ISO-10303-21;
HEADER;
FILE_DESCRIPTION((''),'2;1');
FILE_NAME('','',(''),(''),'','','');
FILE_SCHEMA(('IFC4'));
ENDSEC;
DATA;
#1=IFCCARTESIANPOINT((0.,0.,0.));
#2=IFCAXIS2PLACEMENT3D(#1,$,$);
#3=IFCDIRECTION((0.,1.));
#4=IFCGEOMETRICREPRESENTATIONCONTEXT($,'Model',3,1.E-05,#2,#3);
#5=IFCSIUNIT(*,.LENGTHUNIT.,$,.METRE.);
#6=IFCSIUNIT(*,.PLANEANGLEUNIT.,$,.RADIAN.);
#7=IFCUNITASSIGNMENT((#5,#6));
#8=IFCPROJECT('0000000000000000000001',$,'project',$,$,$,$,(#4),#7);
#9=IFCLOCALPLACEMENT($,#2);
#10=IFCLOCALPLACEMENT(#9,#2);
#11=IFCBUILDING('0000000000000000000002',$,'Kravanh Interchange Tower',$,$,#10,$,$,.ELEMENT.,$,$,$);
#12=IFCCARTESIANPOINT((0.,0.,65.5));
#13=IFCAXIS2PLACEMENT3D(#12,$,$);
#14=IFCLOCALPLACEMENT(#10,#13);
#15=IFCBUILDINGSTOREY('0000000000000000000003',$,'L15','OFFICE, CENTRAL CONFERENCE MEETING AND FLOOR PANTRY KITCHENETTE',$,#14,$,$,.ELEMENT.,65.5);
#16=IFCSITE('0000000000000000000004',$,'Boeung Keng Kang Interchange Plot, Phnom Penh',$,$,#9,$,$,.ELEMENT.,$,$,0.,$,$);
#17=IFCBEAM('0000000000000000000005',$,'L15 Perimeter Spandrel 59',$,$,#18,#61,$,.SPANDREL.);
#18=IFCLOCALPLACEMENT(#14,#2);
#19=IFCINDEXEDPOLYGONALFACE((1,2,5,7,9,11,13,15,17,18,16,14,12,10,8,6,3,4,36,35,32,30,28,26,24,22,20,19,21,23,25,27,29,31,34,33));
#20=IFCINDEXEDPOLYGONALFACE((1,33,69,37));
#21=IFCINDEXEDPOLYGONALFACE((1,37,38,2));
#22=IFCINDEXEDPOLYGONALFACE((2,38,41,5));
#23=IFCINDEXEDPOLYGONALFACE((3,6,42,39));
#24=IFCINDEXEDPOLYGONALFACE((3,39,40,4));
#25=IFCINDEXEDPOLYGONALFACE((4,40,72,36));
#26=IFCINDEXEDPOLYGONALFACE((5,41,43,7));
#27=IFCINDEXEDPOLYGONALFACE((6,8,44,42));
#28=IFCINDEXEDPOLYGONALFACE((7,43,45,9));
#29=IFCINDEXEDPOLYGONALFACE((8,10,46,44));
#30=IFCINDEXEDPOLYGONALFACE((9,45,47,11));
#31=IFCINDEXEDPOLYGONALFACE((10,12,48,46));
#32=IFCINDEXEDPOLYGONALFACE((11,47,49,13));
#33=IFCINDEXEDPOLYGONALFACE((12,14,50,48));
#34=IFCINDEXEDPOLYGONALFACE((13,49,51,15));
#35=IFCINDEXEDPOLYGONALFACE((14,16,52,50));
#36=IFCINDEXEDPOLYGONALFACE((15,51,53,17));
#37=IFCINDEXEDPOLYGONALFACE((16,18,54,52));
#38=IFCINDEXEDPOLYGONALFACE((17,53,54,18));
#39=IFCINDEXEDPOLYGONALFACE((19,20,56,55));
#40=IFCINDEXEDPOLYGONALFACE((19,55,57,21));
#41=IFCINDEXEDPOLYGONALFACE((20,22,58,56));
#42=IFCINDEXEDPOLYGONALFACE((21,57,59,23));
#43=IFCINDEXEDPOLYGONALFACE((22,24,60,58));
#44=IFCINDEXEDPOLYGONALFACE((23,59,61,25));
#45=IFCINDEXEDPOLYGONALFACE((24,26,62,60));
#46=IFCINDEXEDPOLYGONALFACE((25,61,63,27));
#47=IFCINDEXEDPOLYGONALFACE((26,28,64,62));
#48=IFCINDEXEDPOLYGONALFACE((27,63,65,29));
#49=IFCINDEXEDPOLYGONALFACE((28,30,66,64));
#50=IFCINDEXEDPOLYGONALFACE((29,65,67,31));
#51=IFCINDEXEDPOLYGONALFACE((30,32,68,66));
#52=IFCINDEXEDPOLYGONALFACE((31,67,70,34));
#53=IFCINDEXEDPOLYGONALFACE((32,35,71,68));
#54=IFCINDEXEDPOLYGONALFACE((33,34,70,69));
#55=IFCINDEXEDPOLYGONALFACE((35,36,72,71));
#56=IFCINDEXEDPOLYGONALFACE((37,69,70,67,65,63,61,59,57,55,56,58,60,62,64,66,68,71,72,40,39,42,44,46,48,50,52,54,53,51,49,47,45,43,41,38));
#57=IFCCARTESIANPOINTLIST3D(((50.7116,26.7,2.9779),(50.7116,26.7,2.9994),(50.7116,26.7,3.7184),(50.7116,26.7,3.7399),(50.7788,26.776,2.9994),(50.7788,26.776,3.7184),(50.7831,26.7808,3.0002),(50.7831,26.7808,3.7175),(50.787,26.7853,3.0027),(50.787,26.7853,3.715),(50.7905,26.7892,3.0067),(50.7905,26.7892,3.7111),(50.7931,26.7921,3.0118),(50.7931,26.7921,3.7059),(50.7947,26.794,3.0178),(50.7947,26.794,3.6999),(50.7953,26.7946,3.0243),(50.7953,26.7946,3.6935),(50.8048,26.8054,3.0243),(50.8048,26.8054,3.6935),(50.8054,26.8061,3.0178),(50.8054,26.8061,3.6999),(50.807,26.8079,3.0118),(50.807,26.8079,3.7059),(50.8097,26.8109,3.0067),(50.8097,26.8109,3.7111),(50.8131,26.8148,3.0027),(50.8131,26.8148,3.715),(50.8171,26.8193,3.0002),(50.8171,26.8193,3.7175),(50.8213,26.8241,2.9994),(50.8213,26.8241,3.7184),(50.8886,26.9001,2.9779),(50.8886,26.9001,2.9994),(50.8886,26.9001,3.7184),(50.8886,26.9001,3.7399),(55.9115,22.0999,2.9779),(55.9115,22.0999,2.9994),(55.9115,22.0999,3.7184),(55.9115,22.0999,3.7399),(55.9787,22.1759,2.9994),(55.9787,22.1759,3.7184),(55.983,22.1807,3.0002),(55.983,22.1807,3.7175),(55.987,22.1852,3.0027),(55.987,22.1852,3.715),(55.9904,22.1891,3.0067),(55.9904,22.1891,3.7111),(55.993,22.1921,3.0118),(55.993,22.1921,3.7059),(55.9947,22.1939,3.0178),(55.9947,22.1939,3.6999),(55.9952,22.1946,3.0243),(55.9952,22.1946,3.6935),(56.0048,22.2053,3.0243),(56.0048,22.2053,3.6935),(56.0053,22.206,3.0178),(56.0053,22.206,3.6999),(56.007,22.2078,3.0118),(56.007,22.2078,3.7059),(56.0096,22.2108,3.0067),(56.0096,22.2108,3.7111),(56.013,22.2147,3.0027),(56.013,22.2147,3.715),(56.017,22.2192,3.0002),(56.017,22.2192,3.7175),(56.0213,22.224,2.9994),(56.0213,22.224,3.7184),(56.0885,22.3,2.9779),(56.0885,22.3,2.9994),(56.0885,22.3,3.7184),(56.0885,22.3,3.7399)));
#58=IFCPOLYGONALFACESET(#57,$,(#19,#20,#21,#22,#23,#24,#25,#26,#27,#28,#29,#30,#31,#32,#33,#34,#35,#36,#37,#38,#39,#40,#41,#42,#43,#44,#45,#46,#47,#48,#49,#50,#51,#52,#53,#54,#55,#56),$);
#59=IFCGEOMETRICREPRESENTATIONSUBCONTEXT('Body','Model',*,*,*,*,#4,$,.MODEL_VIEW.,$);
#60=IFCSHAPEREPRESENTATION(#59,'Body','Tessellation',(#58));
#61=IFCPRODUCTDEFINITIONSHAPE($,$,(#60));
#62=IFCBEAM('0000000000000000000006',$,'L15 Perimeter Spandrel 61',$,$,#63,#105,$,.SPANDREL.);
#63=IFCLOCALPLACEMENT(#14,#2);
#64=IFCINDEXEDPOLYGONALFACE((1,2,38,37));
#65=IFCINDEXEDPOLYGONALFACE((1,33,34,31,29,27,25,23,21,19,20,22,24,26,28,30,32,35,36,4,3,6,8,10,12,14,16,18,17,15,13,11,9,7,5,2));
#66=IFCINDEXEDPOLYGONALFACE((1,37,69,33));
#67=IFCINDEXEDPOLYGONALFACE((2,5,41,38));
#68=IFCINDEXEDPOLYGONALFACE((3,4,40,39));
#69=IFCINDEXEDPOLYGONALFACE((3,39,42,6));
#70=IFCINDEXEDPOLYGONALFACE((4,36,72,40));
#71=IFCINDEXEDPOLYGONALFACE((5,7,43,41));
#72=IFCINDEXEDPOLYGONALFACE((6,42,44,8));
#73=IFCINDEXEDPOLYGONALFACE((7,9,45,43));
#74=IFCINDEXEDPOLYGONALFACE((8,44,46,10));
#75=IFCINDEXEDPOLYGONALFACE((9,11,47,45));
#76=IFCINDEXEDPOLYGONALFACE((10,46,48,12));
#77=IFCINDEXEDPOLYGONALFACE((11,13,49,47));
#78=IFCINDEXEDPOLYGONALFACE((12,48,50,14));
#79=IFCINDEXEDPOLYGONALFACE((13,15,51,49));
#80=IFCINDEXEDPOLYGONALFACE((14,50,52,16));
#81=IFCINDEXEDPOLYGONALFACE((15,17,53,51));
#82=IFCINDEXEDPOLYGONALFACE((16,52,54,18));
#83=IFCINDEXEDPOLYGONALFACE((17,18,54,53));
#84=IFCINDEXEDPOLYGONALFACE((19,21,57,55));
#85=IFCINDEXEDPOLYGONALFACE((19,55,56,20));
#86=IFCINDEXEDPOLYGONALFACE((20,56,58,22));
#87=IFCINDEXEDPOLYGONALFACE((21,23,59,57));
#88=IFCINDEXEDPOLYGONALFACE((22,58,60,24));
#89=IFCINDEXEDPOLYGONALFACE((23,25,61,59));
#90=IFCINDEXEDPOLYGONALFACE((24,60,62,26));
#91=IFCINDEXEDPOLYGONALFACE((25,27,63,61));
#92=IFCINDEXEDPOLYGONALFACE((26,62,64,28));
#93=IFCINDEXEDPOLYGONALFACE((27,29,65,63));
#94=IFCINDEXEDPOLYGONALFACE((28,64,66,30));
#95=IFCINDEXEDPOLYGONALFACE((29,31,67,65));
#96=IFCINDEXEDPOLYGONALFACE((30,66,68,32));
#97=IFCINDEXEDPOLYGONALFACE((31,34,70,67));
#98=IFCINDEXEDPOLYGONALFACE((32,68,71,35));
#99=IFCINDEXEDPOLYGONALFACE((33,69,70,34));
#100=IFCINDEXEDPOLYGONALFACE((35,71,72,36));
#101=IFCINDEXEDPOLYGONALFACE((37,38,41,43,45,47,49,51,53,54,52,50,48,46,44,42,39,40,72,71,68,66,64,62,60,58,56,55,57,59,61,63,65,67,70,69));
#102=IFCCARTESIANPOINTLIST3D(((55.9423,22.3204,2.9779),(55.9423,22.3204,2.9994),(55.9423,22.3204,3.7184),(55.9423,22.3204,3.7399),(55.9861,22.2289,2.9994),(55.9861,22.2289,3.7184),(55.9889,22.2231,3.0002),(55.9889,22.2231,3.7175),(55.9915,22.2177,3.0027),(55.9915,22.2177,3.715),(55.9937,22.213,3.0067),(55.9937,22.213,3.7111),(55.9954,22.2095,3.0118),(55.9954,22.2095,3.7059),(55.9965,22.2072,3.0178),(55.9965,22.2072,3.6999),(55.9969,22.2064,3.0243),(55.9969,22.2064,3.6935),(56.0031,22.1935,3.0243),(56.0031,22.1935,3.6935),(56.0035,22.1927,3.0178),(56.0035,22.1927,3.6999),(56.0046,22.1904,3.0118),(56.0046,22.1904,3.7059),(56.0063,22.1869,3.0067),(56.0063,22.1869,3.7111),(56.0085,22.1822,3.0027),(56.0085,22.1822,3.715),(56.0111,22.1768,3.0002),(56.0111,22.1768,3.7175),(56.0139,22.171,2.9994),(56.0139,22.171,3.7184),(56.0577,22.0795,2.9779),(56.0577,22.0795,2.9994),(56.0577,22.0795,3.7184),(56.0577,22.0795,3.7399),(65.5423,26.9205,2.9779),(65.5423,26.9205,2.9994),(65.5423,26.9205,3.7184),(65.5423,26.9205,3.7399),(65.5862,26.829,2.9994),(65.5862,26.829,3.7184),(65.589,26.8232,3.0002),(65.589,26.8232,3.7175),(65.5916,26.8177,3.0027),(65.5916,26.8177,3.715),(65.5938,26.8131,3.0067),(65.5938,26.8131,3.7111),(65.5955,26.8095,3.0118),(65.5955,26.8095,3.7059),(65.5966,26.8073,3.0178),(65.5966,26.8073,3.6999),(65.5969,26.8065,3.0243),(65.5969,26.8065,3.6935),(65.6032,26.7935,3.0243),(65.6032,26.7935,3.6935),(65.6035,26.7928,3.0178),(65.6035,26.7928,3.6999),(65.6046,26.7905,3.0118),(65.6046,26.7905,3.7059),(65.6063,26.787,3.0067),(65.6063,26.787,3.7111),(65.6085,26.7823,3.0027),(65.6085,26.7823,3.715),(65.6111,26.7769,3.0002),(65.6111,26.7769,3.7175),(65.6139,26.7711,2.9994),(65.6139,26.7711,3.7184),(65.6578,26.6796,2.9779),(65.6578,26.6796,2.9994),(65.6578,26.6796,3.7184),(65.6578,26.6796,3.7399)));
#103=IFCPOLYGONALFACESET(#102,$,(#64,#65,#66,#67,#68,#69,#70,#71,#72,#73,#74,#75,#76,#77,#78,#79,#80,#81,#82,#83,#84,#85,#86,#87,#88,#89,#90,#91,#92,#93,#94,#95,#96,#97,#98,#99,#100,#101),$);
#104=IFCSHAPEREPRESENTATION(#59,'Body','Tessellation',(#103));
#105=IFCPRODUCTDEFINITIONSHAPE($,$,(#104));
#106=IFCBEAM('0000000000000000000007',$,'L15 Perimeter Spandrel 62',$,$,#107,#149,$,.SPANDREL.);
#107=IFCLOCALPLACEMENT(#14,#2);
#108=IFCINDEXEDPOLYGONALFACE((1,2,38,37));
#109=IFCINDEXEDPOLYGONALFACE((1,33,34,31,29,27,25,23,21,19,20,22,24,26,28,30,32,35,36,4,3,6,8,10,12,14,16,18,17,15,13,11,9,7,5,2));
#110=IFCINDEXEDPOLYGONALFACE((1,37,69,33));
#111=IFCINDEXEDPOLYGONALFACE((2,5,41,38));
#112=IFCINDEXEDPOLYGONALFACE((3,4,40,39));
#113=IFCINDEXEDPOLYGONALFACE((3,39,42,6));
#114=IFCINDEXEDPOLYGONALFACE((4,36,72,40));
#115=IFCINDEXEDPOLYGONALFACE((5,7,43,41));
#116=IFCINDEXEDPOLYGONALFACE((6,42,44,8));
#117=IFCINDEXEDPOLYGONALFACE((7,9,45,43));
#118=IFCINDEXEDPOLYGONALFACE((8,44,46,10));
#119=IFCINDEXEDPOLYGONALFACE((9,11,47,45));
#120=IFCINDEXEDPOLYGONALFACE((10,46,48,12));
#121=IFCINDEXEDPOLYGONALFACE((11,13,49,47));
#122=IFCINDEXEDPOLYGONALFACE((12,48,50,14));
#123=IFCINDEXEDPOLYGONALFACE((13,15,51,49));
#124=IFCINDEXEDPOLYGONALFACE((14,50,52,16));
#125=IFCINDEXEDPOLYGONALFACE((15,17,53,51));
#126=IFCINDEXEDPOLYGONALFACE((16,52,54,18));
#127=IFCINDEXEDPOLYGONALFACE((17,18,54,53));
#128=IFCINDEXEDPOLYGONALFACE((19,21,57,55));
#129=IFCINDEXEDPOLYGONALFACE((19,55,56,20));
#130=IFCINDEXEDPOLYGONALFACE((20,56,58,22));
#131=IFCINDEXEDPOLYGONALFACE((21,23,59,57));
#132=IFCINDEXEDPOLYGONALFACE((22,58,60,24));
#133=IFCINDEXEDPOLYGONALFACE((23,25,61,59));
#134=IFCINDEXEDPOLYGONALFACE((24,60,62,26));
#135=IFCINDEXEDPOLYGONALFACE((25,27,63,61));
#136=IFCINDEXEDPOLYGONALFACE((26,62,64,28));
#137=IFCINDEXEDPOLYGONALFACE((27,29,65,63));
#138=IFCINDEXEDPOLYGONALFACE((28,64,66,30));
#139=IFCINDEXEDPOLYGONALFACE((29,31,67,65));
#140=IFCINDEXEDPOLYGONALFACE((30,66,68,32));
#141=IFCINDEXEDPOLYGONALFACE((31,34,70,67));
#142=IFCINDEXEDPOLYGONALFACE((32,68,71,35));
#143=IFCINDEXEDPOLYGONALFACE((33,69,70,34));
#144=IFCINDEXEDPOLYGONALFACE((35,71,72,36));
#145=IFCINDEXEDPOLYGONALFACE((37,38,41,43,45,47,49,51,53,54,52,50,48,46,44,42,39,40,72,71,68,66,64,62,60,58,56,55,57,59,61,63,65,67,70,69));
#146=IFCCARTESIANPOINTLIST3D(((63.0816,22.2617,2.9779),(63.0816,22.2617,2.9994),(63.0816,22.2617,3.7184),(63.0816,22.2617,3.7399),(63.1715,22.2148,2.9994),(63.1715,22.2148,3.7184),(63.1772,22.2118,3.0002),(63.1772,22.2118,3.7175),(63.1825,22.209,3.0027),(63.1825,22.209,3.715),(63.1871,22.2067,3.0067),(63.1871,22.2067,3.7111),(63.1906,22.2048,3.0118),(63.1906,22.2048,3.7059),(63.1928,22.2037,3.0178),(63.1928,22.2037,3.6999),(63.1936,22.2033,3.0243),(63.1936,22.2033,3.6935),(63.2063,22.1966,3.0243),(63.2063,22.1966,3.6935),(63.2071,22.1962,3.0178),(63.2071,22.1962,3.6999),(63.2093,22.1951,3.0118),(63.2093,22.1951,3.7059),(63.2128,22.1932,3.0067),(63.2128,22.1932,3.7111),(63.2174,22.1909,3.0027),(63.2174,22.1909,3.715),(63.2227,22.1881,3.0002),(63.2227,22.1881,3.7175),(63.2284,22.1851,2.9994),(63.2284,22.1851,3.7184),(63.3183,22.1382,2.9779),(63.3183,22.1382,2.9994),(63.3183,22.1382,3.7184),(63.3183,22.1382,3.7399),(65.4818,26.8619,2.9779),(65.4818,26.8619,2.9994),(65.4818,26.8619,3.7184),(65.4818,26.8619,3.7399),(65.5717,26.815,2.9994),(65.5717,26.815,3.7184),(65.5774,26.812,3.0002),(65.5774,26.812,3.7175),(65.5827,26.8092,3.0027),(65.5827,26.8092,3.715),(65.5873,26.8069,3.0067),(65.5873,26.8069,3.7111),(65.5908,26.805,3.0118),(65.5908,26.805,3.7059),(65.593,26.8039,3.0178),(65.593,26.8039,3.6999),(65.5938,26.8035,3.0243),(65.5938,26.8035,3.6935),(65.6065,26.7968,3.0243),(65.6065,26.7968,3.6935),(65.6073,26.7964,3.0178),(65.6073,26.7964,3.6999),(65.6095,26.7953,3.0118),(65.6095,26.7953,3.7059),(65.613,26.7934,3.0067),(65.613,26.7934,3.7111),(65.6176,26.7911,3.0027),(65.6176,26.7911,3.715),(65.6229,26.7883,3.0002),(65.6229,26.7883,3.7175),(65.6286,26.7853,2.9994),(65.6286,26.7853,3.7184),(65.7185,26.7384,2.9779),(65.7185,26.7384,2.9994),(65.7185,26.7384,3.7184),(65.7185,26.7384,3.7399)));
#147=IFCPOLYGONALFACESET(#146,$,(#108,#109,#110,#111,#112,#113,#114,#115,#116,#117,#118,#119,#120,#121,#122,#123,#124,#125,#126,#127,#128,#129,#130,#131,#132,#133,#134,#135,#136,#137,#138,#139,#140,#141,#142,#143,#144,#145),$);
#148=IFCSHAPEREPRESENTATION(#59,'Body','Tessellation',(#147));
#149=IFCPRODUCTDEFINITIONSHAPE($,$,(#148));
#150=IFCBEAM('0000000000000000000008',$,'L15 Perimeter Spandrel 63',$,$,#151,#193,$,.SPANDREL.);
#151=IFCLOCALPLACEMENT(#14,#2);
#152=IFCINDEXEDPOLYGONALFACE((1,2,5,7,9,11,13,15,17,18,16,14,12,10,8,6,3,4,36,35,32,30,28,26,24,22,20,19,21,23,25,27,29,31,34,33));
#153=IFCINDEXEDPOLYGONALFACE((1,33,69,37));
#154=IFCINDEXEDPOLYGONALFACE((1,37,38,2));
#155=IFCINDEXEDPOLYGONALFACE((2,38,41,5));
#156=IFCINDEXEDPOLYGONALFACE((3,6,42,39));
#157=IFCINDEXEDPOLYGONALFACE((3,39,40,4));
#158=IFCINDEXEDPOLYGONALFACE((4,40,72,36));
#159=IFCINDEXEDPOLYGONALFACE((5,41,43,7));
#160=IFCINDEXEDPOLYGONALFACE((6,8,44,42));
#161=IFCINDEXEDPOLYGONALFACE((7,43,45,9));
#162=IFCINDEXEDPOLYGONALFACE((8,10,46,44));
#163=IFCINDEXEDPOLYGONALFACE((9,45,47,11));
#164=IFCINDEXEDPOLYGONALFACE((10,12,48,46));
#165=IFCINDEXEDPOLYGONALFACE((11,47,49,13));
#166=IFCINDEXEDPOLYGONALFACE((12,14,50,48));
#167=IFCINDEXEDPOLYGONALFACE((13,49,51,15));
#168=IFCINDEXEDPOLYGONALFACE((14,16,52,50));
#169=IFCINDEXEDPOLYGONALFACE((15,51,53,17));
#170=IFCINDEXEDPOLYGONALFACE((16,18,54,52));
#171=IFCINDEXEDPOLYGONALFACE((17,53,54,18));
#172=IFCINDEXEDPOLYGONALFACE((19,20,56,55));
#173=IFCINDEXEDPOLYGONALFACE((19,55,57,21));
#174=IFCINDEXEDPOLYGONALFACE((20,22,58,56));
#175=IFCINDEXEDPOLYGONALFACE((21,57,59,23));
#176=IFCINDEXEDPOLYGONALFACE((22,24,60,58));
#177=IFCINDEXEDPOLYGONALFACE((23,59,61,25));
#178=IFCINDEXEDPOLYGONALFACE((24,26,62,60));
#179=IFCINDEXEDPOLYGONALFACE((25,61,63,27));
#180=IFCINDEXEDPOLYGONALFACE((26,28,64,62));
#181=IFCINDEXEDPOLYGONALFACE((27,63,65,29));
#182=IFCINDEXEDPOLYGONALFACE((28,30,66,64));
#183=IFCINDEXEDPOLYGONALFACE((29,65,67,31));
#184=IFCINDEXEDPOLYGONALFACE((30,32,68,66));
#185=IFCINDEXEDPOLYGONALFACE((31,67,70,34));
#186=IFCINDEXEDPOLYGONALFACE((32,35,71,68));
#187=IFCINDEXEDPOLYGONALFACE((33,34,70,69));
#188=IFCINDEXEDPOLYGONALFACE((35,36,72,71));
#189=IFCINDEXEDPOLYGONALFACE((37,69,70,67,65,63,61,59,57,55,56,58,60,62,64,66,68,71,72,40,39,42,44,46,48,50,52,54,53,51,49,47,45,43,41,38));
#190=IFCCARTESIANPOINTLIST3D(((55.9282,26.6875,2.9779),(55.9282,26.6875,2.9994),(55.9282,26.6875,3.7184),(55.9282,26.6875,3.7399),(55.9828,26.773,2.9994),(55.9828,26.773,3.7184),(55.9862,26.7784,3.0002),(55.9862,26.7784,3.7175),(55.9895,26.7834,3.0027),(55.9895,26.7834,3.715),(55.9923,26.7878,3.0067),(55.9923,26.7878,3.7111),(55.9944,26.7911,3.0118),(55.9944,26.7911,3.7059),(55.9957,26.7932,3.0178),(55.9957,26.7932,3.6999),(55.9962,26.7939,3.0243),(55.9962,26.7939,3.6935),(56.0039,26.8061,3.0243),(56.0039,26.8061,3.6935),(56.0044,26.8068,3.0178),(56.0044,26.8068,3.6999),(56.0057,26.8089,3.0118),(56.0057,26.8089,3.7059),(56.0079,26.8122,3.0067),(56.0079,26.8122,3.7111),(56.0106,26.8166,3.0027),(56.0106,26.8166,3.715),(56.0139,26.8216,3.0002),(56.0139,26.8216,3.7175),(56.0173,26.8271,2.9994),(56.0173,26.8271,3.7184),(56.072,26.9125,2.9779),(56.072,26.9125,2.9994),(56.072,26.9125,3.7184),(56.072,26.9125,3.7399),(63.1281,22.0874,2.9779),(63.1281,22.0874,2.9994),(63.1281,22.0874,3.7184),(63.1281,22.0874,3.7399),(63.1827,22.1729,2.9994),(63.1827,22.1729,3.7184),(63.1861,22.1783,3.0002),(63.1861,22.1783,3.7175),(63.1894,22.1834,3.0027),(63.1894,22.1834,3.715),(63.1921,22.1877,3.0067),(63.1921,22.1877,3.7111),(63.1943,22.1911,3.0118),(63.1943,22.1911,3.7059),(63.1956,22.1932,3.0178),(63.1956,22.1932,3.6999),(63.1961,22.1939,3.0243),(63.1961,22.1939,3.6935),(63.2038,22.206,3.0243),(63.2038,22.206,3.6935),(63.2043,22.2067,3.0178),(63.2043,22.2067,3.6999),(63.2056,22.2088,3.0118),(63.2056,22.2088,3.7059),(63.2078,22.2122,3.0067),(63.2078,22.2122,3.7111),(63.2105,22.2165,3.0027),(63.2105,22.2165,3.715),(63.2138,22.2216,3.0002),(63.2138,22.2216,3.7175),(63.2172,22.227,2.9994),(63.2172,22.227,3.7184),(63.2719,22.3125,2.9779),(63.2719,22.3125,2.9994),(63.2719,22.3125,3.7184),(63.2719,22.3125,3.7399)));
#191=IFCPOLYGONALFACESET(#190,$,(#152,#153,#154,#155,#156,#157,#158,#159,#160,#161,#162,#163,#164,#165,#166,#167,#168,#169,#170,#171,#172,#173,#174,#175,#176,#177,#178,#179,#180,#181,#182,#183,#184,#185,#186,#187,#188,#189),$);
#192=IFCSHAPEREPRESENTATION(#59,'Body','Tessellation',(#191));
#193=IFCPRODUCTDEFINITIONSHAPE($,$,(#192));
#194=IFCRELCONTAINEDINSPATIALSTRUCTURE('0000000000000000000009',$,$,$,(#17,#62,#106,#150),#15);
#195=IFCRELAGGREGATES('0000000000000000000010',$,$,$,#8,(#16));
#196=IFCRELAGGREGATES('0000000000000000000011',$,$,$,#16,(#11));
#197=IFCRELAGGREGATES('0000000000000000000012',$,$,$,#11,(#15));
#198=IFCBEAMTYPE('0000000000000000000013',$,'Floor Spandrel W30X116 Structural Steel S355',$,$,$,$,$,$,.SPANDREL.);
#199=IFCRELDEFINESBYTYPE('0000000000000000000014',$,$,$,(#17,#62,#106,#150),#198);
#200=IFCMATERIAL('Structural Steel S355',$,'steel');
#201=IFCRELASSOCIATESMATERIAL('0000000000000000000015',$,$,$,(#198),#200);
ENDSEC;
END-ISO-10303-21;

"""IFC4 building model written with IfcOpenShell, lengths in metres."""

from ifc_helpers import new_model, si_unit, direction, frame, origin, origin_2d, place, context, subcontext, project, spatial, i_section, extrude, material, material_profile, profile_set, type_object, element, save


model = new_model("IFC4")

# Units and contexts
model_context = context("Model", 3, precision=1e-05, world=origin(), true_north=direction((0.0, 1.0)))
body_context = subcontext(model_context, "Body", "Model", "MODEL_VIEW")
ifc_project = project(units=[si_unit("LENGTHUNIT", "METRE"), si_unit("PLANEANGLEUNIT", "RADIAN")], contexts=[model_context])

# Site, building, storey
site_placement = place(None, origin())
site = spatial("IfcSite", under=ifc_project, at=site_placement, Name="Boeung Keng Kang Interchange Plot, Phnom Penh", CompositionType="ELEMENT", RefElevation=0.0)
building_placement = place(site_placement, origin())
building = spatial("IfcBuilding", under=site, at=building_placement, Name="Kravanh Interchange Tower", CompositionType="ELEMENT")
storey_placement = place(building_placement, frame((0.0, 0.0, 65.5)))
storey = spatial("IfcBuildingStorey", under=building, at=storey_placement, Name="L15", Description="OFFICE, CENTRAL CONFERENCE MEETING AND FLOOR PANTRY KITCHENETTE", CompositionType="ELEMENT", Elevation=65.5)

# Beams
ifc_material_1 = material(Name="Structural Steel S355", Category="steel")
ifc_material_profile_1 = material_profile(ifc_material_1, i_section(OverallWidth=0.2671, OverallDepth=0.762, WebThickness=0.0144, FlangeThickness=0.0215, FilletRadius=0.0249, at=origin_2d()), Name="W30X116")
ifc_profile_set_1 = profile_set([ifc_material_profile_1], Name="Structural Steel S355")
beam_type_1 = type_object("IfcBeamType", Name="Floor Spandrel W30X116 Structural Steel S355", PredefinedType="SPANDREL", material=ifc_profile_set_1)
beam_1_placement = place(storey_placement, frame((56.0, 22.2, 3.3589), z_axis=(-0.748986, 0.662585, 0.0), x_axis=(-0.662585, -0.748986, 0.0)))
element("IfcBeam", 1, at=beam_1_placement, inside=storey, type_object=beam_type_1, Name="L15 Perimeter Spandrel 59", PredefinedType="SPANDREL", context=body_context, shape_type="SweptSolid", body=[
    extrude(i_section(OverallWidth=0.2671, OverallDepth=0.762, WebThickness=0.0144, FlangeThickness=0.0215, FilletRadius=0.0249, at=origin_2d()), origin(), (0.0, 0.0, 1.0), 6.9426),
])
beam_2_placement = place(storey_placement, frame((56.0, 22.2, 3.3589), z_axis=(0.901814, 0.432124, 0.0), x_axis=(-0.432124, 0.901814, 0.0)))
element("IfcBeam", 2, at=beam_2_placement, inside=storey, type_object=beam_type_1, Name="L15 Perimeter Spandrel 61", PredefinedType="SPANDREL", context=body_context, shape_type="SweptSolid", body=[
    extrude(i_section(OverallWidth=0.2671, OverallDepth=0.762, WebThickness=0.0144, FlangeThickness=0.0215, FilletRadius=0.0249, at=origin_2d()), origin(), (0.0, 0.0, 1.0), 10.6453),
])
beam_3_placement = place(storey_placement, frame((63.2, 22.2, 3.3589), z_axis=(0.46258, 0.886577, 0.0), x_axis=(-0.886577, 0.46258, 0.0)))
element("IfcBeam", 3, at=beam_3_placement, inside=storey, type_object=beam_type_1, Name="L15 Perimeter Spandrel 62", PredefinedType="SPANDREL", context=body_context, shape_type="SweptSolid", body=[
    extrude(i_section(OverallWidth=0.2671, OverallDepth=0.762, WebThickness=0.0144, FlangeThickness=0.0215, FilletRadius=0.0249, at=origin_2d()), origin(), (0.0, 0.0, 1.0), 5.1887),
])
beam_4_placement = place(storey_placement, frame((63.2, 22.2, 3.3589), z_axis=(-0.842689, 0.5384, 0.0), x_axis=(-0.5384, -0.842689, 0.0)))
element("IfcBeam", 4, at=beam_4_placement, inside=storey, type_object=beam_type_1, Name="L15 Perimeter Spandrel 63", PredefinedType="SPANDREL", context=body_context, shape_type="SweptSolid", body=[
    extrude(i_section(OverallWidth=0.2671, OverallDepth=0.762, WebThickness=0.0144, FlangeThickness=0.0215, FilletRadius=0.0249, at=origin_2d()), origin(), (0.0, 0.0, 1.0), 8.5439),
])

save(model, "model.ifc")
